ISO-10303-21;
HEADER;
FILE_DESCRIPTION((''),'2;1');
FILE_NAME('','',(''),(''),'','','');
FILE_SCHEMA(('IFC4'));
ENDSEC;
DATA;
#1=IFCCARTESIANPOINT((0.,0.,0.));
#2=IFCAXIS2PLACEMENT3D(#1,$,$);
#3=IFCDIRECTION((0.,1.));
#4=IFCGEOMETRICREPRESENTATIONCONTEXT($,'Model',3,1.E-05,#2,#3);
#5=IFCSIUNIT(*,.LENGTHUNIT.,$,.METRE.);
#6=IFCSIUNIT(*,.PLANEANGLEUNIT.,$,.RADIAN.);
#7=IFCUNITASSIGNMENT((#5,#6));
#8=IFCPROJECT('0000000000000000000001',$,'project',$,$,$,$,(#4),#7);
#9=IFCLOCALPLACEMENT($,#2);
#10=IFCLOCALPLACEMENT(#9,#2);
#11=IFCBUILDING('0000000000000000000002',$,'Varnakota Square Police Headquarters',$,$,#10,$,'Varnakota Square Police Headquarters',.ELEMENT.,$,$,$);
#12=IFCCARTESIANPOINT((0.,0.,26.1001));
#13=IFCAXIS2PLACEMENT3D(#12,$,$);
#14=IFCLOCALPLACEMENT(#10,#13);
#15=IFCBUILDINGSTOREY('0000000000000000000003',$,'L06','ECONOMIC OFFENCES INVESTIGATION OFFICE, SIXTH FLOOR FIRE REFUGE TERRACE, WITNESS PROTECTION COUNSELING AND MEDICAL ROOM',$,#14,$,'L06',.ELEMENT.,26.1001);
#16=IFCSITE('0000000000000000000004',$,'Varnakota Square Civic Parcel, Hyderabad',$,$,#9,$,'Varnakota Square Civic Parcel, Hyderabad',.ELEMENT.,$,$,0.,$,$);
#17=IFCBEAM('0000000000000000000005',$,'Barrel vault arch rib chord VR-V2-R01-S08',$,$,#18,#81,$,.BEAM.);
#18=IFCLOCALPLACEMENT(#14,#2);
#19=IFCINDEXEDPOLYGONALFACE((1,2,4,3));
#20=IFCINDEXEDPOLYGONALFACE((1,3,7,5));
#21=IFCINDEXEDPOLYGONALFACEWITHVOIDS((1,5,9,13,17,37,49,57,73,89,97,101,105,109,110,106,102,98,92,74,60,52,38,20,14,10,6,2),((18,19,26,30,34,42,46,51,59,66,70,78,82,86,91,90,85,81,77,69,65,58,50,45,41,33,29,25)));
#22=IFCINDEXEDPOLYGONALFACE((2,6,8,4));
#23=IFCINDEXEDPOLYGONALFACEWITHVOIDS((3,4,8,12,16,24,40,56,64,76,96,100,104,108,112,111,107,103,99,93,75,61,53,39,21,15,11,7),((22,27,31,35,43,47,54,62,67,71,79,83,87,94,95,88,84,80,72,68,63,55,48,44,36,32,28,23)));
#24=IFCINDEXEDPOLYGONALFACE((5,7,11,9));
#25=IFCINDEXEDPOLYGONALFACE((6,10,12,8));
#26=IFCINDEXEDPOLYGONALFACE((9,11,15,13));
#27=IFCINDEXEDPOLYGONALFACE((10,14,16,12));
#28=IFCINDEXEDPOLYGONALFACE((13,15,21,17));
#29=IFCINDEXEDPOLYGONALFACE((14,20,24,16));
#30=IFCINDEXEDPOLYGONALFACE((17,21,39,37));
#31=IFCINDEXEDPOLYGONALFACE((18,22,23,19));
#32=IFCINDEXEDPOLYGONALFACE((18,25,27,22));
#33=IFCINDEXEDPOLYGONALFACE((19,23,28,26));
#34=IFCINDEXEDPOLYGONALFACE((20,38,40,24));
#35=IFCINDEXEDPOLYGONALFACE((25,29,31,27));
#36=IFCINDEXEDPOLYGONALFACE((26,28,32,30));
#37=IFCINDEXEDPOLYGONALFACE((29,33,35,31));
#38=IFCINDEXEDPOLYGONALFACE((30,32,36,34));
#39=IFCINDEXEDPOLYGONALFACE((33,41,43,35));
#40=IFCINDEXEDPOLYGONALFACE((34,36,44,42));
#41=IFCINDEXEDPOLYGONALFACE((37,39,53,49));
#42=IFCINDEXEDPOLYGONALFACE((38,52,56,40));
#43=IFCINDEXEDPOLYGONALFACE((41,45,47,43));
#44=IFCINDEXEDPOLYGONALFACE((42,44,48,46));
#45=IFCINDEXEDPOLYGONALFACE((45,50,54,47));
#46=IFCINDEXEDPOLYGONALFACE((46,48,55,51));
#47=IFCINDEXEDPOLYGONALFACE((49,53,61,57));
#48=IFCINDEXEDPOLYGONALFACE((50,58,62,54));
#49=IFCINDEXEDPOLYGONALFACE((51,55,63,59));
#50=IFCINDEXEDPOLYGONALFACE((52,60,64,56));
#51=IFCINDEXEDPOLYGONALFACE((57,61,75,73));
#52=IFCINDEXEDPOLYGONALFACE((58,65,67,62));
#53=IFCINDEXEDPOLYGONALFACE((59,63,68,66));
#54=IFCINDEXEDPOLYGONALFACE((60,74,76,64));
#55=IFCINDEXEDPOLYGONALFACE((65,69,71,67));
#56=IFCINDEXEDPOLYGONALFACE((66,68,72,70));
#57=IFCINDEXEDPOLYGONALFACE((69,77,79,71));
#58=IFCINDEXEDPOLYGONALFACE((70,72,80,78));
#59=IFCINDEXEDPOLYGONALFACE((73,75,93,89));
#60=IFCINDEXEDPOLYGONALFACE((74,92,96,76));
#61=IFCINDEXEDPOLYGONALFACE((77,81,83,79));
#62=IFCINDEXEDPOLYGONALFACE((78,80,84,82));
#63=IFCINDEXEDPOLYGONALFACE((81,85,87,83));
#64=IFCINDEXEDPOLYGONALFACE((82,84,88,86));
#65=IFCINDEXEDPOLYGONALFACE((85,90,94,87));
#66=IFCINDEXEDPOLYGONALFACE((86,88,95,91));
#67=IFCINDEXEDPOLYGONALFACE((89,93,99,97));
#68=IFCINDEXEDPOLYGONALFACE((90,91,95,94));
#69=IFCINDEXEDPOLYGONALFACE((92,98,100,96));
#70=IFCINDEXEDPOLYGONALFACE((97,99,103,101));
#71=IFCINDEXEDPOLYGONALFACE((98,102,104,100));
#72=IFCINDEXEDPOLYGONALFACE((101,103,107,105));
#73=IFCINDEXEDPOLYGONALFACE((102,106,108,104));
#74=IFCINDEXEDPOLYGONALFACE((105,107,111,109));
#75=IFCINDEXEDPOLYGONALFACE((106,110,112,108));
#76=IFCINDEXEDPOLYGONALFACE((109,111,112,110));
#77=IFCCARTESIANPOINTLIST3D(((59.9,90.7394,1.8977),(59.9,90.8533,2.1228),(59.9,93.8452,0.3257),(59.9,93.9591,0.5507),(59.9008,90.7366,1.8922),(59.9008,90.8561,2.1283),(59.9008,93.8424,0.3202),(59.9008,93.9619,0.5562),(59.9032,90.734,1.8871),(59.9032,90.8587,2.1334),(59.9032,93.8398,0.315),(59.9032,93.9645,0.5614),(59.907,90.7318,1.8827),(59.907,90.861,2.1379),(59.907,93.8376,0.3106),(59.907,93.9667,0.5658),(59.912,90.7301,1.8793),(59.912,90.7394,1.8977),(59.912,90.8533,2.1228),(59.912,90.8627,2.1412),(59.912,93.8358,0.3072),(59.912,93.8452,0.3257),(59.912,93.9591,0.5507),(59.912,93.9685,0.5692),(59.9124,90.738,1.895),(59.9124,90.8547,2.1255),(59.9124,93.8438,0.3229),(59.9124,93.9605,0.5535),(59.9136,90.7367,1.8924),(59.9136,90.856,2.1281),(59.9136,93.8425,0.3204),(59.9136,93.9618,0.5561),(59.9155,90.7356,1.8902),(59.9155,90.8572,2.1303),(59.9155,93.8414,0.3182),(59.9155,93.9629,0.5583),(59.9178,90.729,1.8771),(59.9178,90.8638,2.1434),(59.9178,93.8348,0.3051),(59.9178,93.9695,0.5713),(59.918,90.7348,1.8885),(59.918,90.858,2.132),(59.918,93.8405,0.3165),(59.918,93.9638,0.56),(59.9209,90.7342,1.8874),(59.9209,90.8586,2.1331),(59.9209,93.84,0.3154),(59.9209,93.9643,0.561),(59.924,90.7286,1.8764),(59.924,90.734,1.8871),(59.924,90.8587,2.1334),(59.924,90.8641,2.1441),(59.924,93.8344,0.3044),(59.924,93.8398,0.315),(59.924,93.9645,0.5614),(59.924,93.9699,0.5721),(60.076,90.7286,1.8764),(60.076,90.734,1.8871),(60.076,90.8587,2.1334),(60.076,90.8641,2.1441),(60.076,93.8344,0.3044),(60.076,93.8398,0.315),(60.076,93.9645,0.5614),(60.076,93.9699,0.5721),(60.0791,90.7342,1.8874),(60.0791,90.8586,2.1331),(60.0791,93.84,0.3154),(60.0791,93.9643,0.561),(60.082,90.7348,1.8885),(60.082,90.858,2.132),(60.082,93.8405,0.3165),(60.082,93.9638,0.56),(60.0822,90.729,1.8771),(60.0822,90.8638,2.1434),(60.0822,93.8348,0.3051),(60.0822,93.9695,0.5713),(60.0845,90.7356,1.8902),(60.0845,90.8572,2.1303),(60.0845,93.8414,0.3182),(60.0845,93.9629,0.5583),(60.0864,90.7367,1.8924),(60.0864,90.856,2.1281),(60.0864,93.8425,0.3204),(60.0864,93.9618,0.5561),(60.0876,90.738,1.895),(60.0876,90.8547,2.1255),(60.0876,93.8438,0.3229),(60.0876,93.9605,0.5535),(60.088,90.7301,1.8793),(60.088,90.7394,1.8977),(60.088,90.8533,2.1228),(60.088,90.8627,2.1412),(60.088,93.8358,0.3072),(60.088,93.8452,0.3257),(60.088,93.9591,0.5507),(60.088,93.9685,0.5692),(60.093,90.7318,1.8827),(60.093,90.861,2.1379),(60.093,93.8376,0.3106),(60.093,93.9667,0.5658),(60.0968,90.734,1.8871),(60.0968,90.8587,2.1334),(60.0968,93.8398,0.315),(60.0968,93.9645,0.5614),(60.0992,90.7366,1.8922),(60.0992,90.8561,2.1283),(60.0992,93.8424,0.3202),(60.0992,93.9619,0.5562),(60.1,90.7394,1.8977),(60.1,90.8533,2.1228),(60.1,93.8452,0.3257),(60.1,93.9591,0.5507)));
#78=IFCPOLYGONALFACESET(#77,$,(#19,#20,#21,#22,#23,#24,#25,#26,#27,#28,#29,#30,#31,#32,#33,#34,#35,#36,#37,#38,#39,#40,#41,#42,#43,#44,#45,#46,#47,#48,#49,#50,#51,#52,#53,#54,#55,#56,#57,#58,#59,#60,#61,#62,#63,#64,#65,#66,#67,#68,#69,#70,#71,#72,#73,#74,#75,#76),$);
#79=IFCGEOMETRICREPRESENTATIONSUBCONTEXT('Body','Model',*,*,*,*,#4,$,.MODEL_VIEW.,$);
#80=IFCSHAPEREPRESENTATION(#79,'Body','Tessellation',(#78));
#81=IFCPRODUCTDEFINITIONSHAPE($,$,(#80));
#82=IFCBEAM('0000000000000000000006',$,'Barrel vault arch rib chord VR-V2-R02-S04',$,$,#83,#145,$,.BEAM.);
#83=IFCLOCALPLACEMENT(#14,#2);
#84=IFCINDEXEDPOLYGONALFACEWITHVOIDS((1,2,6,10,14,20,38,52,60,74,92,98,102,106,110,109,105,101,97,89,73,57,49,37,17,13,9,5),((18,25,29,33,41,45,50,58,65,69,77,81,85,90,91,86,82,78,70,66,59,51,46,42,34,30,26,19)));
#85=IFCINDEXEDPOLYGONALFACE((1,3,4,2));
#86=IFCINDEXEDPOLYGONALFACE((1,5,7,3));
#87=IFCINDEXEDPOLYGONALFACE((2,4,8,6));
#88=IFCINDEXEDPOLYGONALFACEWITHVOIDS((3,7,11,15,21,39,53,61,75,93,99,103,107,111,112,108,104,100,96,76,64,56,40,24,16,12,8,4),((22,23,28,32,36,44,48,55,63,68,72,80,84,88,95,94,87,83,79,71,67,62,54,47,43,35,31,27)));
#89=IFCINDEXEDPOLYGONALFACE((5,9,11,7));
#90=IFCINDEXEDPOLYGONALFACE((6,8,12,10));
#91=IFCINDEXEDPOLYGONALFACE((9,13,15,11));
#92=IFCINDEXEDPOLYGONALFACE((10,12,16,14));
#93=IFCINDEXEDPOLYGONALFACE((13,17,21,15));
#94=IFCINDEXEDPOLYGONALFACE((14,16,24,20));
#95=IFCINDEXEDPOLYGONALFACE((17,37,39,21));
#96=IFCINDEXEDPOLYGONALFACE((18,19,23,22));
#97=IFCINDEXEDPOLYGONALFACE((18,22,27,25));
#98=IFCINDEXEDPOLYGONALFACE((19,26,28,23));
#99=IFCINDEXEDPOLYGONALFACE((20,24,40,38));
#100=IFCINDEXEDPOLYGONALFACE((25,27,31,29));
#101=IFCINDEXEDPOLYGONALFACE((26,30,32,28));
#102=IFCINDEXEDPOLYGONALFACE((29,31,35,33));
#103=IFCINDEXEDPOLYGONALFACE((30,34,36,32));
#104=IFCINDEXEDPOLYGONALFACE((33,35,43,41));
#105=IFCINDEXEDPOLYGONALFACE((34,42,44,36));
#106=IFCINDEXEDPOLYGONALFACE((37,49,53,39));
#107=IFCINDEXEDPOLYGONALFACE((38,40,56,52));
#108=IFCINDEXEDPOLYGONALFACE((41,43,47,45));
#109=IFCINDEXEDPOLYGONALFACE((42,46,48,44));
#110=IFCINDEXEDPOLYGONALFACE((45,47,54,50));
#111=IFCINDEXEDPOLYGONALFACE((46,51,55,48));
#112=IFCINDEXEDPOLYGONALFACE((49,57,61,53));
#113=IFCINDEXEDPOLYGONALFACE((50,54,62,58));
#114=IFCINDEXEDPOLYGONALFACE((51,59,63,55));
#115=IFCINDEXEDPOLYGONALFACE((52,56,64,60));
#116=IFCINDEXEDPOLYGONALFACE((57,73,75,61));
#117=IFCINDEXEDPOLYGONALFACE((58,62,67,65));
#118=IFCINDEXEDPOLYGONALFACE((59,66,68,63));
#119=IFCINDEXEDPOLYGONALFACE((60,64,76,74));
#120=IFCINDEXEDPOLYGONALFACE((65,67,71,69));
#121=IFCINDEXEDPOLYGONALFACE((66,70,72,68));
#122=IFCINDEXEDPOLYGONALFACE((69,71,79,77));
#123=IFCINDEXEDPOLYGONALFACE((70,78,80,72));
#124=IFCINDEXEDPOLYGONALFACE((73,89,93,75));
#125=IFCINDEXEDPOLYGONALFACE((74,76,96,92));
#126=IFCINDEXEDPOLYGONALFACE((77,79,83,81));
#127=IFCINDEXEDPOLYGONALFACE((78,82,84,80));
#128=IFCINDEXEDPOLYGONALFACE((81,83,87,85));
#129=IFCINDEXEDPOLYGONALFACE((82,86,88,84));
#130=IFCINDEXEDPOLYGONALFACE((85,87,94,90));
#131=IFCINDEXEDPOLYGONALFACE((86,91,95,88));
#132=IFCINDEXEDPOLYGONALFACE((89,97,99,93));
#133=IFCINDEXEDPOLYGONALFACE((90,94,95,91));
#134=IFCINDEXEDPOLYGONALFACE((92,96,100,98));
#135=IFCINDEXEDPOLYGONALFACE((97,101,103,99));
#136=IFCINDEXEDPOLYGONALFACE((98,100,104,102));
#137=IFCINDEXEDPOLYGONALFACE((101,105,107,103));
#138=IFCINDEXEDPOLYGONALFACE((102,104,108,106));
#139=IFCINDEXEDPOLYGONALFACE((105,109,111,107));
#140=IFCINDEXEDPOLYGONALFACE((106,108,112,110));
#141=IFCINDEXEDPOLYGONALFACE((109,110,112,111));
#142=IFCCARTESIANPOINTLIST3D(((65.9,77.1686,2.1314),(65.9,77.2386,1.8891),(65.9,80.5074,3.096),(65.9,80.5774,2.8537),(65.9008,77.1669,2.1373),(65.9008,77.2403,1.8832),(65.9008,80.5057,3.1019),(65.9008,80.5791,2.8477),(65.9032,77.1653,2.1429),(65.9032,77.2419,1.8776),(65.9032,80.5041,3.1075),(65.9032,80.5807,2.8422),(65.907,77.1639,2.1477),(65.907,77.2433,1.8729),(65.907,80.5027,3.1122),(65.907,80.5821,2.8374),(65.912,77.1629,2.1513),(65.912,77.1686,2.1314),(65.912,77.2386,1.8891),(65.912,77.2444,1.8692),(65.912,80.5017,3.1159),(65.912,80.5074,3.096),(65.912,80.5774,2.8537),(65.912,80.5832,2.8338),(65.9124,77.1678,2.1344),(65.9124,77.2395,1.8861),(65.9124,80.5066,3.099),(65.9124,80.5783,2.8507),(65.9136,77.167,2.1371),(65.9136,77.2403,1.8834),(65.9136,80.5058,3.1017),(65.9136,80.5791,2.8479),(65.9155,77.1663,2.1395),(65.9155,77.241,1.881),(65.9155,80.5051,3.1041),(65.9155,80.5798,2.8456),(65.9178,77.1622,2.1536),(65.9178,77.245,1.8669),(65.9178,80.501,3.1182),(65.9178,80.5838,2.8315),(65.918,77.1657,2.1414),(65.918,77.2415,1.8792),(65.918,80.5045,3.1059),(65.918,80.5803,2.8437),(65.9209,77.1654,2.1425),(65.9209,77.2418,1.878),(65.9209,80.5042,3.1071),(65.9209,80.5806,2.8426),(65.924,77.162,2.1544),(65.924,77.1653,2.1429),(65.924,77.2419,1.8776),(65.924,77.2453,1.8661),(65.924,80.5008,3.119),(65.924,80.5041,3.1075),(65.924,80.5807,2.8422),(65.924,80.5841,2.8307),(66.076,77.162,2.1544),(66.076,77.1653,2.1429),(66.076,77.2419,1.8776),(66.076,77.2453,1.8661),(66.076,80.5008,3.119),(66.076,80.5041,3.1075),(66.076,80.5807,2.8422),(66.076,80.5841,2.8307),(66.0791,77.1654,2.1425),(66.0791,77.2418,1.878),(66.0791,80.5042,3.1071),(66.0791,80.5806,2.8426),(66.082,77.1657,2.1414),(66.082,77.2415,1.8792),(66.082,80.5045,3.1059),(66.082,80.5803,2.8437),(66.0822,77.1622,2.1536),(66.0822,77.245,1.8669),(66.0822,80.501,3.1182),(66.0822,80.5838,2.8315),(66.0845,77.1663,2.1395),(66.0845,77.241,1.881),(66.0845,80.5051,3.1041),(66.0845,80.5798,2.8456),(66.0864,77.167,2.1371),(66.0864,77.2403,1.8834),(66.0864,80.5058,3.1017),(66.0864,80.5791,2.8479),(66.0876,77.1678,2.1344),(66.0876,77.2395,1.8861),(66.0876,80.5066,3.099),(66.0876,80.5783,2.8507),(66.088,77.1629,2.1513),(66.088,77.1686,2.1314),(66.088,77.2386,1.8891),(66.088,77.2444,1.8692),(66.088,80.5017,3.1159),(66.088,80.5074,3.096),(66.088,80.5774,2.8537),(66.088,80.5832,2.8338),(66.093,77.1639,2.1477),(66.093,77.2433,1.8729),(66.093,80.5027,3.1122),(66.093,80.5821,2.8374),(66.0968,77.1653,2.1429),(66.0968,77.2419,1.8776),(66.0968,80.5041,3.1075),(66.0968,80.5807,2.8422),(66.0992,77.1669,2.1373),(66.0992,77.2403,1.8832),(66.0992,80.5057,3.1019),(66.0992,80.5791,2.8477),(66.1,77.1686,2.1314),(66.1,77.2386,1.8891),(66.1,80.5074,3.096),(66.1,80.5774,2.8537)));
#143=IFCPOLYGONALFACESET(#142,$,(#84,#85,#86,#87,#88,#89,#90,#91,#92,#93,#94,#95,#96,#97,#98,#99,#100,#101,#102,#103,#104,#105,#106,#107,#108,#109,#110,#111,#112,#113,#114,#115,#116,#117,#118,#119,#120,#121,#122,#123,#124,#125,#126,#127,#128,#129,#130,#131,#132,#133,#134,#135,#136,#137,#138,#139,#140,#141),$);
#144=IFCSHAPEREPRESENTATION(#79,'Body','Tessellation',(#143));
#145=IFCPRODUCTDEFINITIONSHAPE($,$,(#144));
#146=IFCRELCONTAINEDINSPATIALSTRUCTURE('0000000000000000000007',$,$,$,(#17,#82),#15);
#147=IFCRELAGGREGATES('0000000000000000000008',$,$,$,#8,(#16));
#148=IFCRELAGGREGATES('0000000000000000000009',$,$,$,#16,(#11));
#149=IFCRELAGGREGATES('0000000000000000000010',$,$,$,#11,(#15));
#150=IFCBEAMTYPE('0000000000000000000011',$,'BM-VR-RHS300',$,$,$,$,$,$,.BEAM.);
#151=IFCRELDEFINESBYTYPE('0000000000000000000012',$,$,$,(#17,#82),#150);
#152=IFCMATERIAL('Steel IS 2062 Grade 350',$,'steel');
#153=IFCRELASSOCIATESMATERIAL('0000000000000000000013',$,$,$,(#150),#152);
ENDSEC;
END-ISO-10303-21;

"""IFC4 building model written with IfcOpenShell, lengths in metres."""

from ifc_helpers import new_model, si_unit, direction, frame, origin, origin_2d, place, context, subcontext, project, spatial, hollow_rectangle, extrude, material, material_profile, profile_set, type_object, element, save


model = new_model("IFC4")

# Units and contexts
model_context = context("Model", 3, precision=1e-05, world=origin(), true_north=direction((0.0, 1.0)))
body_context = subcontext(model_context, "Body", "Model", "MODEL_VIEW")
ifc_project = project(units=[si_unit("LENGTHUNIT", "METRE"), si_unit("PLANEANGLEUNIT", "RADIAN")], contexts=[model_context])

# Site, building, storey
site_placement = place(None, origin())
site = spatial("IfcSite", under=ifc_project, at=site_placement, Name="Varnakota Square Civic Parcel, Hyderabad", LongName="Varnakota Square Civic Parcel, Hyderabad", CompositionType="ELEMENT", RefElevation=0.0)
building_placement = place(site_placement, origin())
building = spatial("IfcBuilding", under=site, at=building_placement, Name="Varnakota Square Police Headquarters", LongName="Varnakota Square Police Headquarters", CompositionType="ELEMENT")
storey_placement = place(building_placement, frame((0.0, 0.0, 26.1001)))
storey = spatial("IfcBuildingStorey", under=building, at=storey_placement, Name="L06", Description="ECONOMIC OFFENCES INVESTIGATION OFFICE, SIXTH FLOOR FIRE REFUGE TERRACE, WITNESS PROTECTION COUNSELING AND MEDICAL ROOM", LongName="L06", CompositionType="ELEMENT", Elevation=26.1001)

# Beams
ifc_material_1 = material(Name="Steel IS 2062 Grade 350", Category="steel")
ifc_material_profile_1 = material_profile(ifc_material_1, hollow_rectangle(XDim=0.2, YDim=0.3, WallThickness=0.012, InnerFilletRadius=0.012, OuterFilletRadius=0.0239, at=origin_2d()), Name="RHS 300x200x12")
ifc_profile_set_1 = profile_set([ifc_material_profile_1], Name="Steel IS 2062 Grade 350")
beam_type = type_object("IfcBeamType", Name="BM-VR-RHS300", PredefinedType="BEAM", material=ifc_profile_set_1)
beam_1_placement = place(storey_placement, frame((60.0, 90.7964, 2.0103), z_axis=(0.0, 0.892214, -0.451613), x_axis=(-1.0, 0.0, 0.0)))
element("IfcBeam", 1, at=beam_1_placement, inside=storey, type_object=beam_type, Name="Barrel vault arch rib chord VR-V2-R01-S08", PredefinedType="BEAM", context=body_context, shape_type="SweptSolid", body=[
    extrude(hollow_rectangle(XDim=0.2, YDim=0.3, WallThickness=0.012, InnerFilletRadius=0.012, OuterFilletRadius=0.0239, at=origin_2d()), origin(), (0.0, 0.0, 1.0), 3.481),
])
beam_2_placement = place(storey_placement, frame((66.0, 77.2036, 2.0103), z_axis=(0.0, 0.960711, 0.27755), x_axis=(-1.0, 0.0, 0.0)))
element("IfcBeam", 2, at=beam_2_placement, inside=storey, type_object=beam_type, Name="Barrel vault arch rib chord VR-V2-R02-S04", PredefinedType="BEAM", context=body_context, shape_type="SweptSolid", body=[
    extrude(hollow_rectangle(XDim=0.2, YDim=0.3, WallThickness=0.012, InnerFilletRadius=0.012, OuterFilletRadius=0.0239, at=origin_2d()), origin(), (0.0, 0.0, 1.0), 3.4753),
])

save(model, "model.ifc")
